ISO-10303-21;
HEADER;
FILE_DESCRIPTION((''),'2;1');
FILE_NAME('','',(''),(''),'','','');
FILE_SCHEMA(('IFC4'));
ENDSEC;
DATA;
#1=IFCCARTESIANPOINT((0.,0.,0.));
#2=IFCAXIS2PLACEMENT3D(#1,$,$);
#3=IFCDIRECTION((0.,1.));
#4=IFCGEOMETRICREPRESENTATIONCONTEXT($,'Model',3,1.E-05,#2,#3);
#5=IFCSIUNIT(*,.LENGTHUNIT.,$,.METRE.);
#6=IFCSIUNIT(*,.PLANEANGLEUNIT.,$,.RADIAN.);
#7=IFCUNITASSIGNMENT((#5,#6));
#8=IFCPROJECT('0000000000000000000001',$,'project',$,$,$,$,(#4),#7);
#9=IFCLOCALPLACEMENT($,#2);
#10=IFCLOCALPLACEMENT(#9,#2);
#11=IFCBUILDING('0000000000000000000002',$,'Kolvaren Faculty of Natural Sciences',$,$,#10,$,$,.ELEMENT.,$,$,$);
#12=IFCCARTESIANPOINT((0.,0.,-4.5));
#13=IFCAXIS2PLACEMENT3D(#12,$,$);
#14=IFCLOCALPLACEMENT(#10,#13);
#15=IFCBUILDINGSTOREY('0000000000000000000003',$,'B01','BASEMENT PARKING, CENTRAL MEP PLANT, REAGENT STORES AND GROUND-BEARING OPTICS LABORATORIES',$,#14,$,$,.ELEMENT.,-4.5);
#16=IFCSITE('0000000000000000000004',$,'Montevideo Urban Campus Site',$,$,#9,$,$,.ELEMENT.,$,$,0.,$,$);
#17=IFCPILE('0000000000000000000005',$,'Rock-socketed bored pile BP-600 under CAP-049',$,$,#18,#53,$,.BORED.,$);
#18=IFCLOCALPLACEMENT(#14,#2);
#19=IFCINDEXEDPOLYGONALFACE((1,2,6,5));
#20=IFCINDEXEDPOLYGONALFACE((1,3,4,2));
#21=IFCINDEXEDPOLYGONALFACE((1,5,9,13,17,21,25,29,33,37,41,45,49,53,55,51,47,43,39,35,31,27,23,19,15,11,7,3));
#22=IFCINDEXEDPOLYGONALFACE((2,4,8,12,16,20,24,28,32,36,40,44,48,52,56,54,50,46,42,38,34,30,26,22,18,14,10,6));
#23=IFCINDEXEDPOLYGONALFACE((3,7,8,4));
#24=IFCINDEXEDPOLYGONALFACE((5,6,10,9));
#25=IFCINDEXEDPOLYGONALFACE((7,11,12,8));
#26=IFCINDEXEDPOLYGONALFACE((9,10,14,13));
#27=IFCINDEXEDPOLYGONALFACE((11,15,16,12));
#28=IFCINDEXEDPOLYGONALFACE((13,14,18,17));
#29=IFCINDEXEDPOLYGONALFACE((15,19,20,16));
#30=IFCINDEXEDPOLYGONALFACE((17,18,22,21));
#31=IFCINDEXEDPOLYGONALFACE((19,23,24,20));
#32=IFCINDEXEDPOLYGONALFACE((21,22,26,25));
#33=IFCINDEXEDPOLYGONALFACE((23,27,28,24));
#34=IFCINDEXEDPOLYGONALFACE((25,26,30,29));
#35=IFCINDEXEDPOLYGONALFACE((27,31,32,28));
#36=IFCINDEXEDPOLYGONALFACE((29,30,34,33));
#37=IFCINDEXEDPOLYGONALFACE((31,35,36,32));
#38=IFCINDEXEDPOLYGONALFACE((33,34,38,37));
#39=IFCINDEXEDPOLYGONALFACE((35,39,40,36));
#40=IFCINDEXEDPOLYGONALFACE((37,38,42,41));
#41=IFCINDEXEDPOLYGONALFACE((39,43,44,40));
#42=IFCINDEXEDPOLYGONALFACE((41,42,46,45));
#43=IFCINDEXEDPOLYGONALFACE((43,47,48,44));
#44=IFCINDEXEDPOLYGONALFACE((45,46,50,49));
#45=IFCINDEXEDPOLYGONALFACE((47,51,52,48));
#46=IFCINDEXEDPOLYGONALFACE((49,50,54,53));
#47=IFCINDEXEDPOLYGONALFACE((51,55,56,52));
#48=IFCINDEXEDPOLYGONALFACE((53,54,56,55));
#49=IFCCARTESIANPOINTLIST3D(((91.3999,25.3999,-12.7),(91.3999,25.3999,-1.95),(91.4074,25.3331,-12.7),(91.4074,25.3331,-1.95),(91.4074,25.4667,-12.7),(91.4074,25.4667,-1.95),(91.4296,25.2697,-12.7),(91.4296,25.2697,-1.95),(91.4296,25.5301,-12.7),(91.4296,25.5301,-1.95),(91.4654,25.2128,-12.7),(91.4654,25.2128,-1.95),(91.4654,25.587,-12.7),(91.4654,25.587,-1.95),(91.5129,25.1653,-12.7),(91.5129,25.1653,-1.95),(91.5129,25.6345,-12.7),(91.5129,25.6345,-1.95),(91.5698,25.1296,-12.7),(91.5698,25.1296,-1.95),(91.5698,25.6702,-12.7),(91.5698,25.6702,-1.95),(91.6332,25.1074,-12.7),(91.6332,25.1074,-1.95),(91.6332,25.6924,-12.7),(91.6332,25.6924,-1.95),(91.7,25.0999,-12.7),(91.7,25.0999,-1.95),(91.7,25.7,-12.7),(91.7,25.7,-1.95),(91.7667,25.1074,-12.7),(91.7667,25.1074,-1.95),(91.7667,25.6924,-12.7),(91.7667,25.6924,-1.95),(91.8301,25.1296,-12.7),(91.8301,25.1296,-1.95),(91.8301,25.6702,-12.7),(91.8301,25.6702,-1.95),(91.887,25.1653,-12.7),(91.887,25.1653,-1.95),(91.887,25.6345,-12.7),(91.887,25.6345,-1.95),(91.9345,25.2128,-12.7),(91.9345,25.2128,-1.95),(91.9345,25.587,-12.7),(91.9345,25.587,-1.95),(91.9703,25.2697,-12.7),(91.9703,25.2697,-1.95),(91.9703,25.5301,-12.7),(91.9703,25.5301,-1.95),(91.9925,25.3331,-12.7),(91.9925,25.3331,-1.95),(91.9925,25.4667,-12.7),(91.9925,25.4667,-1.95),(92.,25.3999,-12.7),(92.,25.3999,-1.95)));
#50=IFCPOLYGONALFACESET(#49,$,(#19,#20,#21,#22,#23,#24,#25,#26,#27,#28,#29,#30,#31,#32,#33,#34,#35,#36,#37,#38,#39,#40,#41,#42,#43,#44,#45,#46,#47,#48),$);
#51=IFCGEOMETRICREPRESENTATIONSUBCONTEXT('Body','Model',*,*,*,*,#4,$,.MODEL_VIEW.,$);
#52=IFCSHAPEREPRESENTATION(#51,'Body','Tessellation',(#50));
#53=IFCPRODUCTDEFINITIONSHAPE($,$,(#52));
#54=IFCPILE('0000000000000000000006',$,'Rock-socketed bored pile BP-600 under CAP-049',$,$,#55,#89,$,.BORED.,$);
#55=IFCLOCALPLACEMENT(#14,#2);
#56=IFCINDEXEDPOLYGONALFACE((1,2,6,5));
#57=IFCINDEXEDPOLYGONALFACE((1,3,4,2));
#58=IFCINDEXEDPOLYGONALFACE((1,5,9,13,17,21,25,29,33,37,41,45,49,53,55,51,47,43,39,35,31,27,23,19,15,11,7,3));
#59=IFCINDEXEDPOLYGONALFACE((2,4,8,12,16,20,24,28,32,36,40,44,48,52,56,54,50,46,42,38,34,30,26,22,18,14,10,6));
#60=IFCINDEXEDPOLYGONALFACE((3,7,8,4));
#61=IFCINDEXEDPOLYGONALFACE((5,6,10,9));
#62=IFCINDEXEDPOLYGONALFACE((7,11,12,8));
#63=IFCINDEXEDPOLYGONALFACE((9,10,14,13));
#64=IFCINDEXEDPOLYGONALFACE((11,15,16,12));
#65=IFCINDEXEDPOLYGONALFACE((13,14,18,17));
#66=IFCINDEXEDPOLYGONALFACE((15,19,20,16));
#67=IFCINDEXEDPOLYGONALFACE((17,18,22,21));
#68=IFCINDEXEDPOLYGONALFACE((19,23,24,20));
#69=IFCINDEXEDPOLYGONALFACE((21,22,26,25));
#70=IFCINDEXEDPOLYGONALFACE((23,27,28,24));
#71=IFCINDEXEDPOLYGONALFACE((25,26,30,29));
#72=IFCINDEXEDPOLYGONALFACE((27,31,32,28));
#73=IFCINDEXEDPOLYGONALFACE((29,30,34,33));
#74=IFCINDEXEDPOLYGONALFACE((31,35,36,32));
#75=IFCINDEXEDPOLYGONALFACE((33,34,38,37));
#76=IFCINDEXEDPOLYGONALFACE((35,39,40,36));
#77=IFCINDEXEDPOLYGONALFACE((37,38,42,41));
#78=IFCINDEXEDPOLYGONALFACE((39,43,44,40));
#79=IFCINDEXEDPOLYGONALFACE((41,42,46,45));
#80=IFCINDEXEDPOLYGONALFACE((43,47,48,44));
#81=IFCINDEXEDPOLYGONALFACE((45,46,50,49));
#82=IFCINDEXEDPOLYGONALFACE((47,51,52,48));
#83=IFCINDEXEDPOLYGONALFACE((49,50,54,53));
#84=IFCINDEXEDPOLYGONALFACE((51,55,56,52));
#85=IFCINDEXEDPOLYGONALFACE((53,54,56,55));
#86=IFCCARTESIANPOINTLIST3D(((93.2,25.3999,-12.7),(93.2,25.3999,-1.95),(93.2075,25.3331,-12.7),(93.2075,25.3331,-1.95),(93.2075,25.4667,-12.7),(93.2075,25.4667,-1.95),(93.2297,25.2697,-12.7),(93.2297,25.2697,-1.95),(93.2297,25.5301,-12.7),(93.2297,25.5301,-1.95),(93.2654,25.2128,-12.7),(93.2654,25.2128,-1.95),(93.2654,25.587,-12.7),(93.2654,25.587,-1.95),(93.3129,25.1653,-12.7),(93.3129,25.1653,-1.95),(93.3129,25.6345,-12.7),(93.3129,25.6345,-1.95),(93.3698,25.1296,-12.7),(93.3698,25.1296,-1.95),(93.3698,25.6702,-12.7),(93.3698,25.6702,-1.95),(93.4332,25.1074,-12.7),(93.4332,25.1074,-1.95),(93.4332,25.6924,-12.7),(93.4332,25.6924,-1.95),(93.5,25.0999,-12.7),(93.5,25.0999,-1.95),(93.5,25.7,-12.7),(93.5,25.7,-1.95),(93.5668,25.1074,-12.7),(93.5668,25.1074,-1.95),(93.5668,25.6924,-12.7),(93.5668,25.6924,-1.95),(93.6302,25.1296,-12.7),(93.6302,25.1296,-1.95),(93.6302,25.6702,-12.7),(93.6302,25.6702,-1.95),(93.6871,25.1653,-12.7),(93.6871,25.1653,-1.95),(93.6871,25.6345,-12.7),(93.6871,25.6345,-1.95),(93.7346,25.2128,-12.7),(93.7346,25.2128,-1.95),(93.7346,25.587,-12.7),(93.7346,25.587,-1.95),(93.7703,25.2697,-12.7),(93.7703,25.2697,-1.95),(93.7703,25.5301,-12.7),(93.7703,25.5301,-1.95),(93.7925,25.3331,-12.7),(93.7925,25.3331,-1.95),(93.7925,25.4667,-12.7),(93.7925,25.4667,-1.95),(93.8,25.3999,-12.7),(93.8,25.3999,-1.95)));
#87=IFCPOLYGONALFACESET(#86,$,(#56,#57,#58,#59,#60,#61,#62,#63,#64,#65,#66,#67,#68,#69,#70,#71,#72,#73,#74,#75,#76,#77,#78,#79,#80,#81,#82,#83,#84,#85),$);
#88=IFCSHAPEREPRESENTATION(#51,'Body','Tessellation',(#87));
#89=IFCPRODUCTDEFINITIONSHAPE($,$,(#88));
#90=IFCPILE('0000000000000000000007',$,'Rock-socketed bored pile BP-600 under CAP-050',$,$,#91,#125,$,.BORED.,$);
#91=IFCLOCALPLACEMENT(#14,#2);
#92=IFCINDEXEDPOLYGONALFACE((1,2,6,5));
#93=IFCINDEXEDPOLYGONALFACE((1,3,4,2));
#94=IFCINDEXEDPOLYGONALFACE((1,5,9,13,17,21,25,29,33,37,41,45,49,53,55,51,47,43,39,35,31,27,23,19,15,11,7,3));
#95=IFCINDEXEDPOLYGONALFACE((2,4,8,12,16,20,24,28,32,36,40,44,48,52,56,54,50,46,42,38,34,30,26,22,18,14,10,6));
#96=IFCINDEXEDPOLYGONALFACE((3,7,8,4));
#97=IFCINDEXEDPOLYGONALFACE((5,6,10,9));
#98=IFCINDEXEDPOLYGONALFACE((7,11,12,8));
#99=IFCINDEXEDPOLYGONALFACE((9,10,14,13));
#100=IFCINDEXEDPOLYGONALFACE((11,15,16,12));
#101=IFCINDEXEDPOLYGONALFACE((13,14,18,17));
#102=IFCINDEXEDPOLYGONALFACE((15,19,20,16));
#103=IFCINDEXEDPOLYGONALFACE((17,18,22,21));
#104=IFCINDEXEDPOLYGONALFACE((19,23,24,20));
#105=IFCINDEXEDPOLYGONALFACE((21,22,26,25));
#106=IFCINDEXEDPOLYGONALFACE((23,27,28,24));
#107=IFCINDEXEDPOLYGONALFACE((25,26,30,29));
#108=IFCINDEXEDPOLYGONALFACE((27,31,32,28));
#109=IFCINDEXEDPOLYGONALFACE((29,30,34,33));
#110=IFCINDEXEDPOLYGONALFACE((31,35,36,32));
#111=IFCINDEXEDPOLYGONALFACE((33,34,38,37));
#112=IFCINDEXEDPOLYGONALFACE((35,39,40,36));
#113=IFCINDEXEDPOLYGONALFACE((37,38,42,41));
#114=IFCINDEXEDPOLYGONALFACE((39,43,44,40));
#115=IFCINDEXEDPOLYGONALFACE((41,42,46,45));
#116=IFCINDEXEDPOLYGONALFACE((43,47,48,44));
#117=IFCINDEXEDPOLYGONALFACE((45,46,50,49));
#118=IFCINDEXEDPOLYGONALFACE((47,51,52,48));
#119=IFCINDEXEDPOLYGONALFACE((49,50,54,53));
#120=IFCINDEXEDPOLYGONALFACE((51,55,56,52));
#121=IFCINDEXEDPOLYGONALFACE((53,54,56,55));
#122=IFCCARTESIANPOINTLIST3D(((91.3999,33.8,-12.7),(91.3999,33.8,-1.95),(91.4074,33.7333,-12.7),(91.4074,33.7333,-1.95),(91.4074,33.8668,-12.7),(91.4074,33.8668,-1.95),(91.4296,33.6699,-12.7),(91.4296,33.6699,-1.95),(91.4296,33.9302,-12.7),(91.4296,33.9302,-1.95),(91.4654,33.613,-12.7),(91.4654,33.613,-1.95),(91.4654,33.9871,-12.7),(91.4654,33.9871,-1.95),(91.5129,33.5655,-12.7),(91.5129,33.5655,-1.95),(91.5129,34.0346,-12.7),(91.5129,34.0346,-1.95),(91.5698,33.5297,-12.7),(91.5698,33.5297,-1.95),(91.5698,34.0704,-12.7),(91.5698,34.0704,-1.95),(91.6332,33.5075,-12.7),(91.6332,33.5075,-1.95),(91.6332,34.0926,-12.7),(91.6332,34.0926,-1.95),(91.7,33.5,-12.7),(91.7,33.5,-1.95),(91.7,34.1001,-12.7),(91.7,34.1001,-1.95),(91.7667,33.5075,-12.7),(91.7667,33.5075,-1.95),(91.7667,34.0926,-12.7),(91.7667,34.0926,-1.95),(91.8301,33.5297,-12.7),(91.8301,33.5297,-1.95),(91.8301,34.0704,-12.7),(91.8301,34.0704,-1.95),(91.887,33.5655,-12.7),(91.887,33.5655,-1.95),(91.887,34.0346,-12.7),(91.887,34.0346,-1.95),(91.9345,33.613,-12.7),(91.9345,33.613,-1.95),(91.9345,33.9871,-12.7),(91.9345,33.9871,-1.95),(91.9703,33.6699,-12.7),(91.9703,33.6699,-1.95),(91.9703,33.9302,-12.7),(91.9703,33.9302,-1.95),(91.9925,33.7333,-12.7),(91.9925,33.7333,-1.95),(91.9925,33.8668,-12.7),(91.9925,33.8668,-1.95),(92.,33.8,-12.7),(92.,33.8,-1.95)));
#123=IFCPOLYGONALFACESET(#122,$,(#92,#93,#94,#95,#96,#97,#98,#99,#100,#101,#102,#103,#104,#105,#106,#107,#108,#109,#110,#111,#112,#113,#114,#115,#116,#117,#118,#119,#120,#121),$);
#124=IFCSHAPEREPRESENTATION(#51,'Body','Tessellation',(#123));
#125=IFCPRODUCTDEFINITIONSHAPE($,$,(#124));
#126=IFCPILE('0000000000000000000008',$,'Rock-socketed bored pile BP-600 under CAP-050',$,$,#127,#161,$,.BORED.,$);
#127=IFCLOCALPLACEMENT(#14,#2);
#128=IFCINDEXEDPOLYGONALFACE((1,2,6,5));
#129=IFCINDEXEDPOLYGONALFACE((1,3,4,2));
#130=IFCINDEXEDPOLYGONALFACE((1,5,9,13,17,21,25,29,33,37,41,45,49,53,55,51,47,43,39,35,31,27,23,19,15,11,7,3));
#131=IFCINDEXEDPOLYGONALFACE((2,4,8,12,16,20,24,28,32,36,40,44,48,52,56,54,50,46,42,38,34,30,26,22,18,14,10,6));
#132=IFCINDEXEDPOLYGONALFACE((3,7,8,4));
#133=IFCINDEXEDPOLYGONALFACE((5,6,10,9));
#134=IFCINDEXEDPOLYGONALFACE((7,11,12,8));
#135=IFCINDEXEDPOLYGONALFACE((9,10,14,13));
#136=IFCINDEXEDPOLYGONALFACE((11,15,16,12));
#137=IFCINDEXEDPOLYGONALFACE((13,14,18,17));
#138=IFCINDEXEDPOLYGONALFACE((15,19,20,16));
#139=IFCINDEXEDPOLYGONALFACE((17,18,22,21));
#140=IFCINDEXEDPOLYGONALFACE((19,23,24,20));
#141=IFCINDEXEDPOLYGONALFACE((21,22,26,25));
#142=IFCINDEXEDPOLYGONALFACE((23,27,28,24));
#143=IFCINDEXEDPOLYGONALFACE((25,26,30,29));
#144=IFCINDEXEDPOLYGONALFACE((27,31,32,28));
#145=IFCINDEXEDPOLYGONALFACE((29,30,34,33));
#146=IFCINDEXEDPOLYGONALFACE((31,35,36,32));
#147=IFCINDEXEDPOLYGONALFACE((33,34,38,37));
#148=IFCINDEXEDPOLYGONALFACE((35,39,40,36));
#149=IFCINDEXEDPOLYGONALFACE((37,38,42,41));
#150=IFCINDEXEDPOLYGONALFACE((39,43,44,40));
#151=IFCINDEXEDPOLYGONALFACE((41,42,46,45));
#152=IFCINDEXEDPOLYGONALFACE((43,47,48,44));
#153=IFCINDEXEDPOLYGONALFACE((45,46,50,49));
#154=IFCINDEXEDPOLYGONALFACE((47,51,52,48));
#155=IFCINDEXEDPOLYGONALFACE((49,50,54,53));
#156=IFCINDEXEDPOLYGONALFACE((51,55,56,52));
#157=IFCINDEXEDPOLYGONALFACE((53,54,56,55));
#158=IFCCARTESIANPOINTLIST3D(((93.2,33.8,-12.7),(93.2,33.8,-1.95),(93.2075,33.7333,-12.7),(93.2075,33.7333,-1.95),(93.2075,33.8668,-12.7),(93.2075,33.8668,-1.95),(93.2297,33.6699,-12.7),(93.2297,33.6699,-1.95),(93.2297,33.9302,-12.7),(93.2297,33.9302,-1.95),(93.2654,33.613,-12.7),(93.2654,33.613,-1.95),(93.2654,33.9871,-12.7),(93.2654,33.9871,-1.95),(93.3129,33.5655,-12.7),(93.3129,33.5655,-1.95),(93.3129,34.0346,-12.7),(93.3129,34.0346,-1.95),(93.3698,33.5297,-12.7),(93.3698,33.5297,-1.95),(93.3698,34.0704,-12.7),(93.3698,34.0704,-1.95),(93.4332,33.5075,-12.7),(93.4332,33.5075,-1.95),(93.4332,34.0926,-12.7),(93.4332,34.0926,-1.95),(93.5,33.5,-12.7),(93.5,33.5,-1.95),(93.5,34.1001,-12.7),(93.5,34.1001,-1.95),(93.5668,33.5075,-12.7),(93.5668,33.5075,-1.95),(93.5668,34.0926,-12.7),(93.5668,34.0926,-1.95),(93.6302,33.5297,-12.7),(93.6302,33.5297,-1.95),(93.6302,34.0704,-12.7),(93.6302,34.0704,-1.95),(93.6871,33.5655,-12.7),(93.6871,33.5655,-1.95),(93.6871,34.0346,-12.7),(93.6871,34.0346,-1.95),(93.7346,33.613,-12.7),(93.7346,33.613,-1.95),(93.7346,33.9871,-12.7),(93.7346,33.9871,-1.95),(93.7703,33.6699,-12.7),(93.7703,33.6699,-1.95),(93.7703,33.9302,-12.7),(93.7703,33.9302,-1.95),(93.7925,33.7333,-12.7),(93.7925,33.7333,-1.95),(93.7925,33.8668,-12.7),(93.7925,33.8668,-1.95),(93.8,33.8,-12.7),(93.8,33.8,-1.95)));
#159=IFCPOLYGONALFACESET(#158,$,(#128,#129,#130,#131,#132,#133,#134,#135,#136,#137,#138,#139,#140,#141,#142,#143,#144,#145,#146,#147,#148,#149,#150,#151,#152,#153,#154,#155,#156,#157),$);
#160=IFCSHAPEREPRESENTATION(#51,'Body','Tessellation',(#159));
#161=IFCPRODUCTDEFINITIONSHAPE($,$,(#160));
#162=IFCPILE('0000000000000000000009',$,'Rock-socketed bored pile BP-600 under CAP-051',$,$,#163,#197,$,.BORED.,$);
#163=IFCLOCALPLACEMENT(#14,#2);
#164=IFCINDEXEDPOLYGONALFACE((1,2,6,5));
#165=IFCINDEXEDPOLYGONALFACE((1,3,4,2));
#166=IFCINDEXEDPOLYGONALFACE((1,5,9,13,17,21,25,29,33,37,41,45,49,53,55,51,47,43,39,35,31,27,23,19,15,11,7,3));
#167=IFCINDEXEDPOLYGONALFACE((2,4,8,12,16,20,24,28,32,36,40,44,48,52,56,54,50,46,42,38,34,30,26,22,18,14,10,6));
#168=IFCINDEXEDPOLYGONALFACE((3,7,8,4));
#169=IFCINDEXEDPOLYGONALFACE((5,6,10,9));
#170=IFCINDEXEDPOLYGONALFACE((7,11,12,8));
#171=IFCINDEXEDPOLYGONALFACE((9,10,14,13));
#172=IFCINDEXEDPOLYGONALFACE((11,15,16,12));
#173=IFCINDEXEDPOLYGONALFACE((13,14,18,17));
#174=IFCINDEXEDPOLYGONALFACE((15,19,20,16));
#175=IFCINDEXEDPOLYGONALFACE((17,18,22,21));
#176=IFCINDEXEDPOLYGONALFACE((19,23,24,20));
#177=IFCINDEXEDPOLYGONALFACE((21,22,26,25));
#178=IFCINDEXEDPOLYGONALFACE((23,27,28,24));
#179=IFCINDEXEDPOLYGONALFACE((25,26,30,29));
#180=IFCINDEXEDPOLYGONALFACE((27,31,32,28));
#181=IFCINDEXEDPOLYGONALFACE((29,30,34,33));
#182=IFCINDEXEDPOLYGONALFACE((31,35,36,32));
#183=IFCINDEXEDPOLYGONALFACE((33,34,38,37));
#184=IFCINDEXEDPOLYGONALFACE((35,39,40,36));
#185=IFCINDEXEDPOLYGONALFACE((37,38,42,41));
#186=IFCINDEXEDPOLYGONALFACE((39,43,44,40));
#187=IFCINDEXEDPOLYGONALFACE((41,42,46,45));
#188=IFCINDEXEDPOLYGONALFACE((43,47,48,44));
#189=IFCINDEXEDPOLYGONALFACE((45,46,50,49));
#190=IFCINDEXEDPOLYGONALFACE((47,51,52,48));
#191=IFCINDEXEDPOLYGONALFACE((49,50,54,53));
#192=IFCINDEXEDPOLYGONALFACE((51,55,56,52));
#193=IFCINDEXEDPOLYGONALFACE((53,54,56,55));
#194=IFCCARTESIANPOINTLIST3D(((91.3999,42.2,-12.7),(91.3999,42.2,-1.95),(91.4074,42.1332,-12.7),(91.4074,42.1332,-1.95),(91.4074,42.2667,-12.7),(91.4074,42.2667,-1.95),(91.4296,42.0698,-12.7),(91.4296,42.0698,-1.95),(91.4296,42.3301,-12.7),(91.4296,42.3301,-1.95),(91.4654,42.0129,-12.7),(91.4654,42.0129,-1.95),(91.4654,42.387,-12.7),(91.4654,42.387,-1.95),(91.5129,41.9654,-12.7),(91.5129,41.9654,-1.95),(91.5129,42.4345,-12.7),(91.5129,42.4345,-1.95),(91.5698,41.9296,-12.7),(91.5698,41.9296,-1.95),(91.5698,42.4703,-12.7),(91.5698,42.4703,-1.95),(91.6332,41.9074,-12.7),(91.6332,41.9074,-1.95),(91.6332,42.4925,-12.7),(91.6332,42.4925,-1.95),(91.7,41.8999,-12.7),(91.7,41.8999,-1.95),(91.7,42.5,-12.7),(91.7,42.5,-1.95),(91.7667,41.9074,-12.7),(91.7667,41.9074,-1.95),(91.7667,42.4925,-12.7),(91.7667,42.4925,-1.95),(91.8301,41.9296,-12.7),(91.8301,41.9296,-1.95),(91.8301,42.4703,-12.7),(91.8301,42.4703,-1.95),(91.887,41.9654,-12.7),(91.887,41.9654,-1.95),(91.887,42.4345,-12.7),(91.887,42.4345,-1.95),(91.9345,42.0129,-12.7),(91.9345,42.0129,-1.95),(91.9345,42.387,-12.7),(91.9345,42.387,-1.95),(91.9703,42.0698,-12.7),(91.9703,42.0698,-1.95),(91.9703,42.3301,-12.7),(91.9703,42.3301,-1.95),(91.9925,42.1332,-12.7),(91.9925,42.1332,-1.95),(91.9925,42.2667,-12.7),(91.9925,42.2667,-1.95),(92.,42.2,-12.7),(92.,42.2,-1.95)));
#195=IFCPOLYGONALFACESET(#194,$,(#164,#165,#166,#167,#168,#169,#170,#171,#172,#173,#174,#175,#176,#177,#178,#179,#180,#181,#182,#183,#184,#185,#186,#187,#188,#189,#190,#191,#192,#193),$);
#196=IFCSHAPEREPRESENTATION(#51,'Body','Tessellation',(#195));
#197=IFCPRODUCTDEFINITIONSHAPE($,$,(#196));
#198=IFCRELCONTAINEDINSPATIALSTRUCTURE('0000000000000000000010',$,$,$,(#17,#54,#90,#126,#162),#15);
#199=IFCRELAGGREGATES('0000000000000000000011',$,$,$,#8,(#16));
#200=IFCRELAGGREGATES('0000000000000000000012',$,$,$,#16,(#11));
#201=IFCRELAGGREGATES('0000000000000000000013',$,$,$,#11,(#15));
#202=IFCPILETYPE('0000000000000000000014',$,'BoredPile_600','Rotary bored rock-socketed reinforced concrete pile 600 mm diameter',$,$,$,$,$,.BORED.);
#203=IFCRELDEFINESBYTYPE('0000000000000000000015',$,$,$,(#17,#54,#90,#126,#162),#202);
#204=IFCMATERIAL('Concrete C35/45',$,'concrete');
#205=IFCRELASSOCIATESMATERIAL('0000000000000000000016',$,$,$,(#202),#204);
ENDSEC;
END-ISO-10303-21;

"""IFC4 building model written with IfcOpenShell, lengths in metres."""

from ifc_helpers import new_model, si_unit, direction, frame, origin, origin_2d, place, context, subcontext, project, spatial, circle, extrude, material, material_profile, profile_set, type_object, element, save


model = new_model("IFC4")

# Units and contexts
model_context = context("Model", 3, precision=1e-05, world=origin(), true_north=direction((0.0, 1.0)))
body_context = subcontext(model_context, "Body", "Model", "MODEL_VIEW")
ifc_project = project(units=[si_unit("LENGTHUNIT", "METRE"), si_unit("PLANEANGLEUNIT", "RADIAN")], contexts=[model_context])

# Site, building, storey
site_placement = place(None, origin())
site = spatial("IfcSite", under=ifc_project, at=site_placement, Name="Montevideo Urban Campus Site", CompositionType="ELEMENT", RefElevation=0.0)
building_placement = place(site_placement, origin())
building = spatial("IfcBuilding", under=site, at=building_placement, Name="Kolvaren Faculty of Natural Sciences", CompositionType="ELEMENT")
storey_placement = place(building_placement, frame((0.0, 0.0, -4.5)))
storey = spatial("IfcBuildingStorey", under=building, at=storey_placement, Name="B01", Description="BASEMENT PARKING, CENTRAL MEP PLANT, REAGENT STORES AND GROUND-BEARING OPTICS LABORATORIES", CompositionType="ELEMENT", Elevation=-4.5)

# Piles
ifc_material_1 = material(Name="Concrete C35/45", Category="concrete")
ifc_material_profile_1 = material_profile(ifc_material_1, circle(Radius=0.3, at=origin_2d()), Name="PILE D600")
ifc_profile_set_1 = profile_set([ifc_material_profile_1], Name="Concrete C35/45")
pile_type_1 = type_object("IfcPileType", Name="BoredPile_600", Description="Rotary bored rock-socketed reinforced concrete pile 600 mm diameter", PredefinedType="BORED", material=ifc_profile_set_1)
for number, where, z_axis, x_axis, name in (
    (1, (91.7, 25.3999, -1.95), (0.0, 0.0, -1.0), (1.0, 0.0, 0.0), "Rock-socketed bored pile BP-600 under CAP-049"),
    (2, (93.5, 25.3999, -1.95), (0.0, 0.0, -1.0), (1.0, 0.0, 0.0), "Rock-socketed bored pile BP-600 under CAP-049"),
    (3, (91.7, 33.8, -1.95), (0.0, 0.0, -1.0), (1.0, 0.0, 0.0), "Rock-socketed bored pile BP-600 under CAP-050"),
    (4, (93.5, 33.8, -1.95), (0.0, 0.0, -1.0), (1.0, 0.0, 0.0), "Rock-socketed bored pile BP-600 under CAP-050"),
    (5, (91.7, 42.2, -1.95), (0.0, 0.0, -1.0), (1.0, 0.0, 0.0), "Rock-socketed bored pile BP-600 under CAP-051"),
):
    element("IfcPile", number, at=place(storey_placement, frame(where, z_axis=z_axis, x_axis=x_axis)), inside=storey, type_object=pile_type_1, Name=name, PredefinedType="BORED", context=body_context, shape_type="SweptSolid", body=[
        extrude(circle(Radius=0.3, at=origin_2d()), origin(), (0.0, 0.0, 1.0), 10.75),
    ])

save(model, "model.ifc")
